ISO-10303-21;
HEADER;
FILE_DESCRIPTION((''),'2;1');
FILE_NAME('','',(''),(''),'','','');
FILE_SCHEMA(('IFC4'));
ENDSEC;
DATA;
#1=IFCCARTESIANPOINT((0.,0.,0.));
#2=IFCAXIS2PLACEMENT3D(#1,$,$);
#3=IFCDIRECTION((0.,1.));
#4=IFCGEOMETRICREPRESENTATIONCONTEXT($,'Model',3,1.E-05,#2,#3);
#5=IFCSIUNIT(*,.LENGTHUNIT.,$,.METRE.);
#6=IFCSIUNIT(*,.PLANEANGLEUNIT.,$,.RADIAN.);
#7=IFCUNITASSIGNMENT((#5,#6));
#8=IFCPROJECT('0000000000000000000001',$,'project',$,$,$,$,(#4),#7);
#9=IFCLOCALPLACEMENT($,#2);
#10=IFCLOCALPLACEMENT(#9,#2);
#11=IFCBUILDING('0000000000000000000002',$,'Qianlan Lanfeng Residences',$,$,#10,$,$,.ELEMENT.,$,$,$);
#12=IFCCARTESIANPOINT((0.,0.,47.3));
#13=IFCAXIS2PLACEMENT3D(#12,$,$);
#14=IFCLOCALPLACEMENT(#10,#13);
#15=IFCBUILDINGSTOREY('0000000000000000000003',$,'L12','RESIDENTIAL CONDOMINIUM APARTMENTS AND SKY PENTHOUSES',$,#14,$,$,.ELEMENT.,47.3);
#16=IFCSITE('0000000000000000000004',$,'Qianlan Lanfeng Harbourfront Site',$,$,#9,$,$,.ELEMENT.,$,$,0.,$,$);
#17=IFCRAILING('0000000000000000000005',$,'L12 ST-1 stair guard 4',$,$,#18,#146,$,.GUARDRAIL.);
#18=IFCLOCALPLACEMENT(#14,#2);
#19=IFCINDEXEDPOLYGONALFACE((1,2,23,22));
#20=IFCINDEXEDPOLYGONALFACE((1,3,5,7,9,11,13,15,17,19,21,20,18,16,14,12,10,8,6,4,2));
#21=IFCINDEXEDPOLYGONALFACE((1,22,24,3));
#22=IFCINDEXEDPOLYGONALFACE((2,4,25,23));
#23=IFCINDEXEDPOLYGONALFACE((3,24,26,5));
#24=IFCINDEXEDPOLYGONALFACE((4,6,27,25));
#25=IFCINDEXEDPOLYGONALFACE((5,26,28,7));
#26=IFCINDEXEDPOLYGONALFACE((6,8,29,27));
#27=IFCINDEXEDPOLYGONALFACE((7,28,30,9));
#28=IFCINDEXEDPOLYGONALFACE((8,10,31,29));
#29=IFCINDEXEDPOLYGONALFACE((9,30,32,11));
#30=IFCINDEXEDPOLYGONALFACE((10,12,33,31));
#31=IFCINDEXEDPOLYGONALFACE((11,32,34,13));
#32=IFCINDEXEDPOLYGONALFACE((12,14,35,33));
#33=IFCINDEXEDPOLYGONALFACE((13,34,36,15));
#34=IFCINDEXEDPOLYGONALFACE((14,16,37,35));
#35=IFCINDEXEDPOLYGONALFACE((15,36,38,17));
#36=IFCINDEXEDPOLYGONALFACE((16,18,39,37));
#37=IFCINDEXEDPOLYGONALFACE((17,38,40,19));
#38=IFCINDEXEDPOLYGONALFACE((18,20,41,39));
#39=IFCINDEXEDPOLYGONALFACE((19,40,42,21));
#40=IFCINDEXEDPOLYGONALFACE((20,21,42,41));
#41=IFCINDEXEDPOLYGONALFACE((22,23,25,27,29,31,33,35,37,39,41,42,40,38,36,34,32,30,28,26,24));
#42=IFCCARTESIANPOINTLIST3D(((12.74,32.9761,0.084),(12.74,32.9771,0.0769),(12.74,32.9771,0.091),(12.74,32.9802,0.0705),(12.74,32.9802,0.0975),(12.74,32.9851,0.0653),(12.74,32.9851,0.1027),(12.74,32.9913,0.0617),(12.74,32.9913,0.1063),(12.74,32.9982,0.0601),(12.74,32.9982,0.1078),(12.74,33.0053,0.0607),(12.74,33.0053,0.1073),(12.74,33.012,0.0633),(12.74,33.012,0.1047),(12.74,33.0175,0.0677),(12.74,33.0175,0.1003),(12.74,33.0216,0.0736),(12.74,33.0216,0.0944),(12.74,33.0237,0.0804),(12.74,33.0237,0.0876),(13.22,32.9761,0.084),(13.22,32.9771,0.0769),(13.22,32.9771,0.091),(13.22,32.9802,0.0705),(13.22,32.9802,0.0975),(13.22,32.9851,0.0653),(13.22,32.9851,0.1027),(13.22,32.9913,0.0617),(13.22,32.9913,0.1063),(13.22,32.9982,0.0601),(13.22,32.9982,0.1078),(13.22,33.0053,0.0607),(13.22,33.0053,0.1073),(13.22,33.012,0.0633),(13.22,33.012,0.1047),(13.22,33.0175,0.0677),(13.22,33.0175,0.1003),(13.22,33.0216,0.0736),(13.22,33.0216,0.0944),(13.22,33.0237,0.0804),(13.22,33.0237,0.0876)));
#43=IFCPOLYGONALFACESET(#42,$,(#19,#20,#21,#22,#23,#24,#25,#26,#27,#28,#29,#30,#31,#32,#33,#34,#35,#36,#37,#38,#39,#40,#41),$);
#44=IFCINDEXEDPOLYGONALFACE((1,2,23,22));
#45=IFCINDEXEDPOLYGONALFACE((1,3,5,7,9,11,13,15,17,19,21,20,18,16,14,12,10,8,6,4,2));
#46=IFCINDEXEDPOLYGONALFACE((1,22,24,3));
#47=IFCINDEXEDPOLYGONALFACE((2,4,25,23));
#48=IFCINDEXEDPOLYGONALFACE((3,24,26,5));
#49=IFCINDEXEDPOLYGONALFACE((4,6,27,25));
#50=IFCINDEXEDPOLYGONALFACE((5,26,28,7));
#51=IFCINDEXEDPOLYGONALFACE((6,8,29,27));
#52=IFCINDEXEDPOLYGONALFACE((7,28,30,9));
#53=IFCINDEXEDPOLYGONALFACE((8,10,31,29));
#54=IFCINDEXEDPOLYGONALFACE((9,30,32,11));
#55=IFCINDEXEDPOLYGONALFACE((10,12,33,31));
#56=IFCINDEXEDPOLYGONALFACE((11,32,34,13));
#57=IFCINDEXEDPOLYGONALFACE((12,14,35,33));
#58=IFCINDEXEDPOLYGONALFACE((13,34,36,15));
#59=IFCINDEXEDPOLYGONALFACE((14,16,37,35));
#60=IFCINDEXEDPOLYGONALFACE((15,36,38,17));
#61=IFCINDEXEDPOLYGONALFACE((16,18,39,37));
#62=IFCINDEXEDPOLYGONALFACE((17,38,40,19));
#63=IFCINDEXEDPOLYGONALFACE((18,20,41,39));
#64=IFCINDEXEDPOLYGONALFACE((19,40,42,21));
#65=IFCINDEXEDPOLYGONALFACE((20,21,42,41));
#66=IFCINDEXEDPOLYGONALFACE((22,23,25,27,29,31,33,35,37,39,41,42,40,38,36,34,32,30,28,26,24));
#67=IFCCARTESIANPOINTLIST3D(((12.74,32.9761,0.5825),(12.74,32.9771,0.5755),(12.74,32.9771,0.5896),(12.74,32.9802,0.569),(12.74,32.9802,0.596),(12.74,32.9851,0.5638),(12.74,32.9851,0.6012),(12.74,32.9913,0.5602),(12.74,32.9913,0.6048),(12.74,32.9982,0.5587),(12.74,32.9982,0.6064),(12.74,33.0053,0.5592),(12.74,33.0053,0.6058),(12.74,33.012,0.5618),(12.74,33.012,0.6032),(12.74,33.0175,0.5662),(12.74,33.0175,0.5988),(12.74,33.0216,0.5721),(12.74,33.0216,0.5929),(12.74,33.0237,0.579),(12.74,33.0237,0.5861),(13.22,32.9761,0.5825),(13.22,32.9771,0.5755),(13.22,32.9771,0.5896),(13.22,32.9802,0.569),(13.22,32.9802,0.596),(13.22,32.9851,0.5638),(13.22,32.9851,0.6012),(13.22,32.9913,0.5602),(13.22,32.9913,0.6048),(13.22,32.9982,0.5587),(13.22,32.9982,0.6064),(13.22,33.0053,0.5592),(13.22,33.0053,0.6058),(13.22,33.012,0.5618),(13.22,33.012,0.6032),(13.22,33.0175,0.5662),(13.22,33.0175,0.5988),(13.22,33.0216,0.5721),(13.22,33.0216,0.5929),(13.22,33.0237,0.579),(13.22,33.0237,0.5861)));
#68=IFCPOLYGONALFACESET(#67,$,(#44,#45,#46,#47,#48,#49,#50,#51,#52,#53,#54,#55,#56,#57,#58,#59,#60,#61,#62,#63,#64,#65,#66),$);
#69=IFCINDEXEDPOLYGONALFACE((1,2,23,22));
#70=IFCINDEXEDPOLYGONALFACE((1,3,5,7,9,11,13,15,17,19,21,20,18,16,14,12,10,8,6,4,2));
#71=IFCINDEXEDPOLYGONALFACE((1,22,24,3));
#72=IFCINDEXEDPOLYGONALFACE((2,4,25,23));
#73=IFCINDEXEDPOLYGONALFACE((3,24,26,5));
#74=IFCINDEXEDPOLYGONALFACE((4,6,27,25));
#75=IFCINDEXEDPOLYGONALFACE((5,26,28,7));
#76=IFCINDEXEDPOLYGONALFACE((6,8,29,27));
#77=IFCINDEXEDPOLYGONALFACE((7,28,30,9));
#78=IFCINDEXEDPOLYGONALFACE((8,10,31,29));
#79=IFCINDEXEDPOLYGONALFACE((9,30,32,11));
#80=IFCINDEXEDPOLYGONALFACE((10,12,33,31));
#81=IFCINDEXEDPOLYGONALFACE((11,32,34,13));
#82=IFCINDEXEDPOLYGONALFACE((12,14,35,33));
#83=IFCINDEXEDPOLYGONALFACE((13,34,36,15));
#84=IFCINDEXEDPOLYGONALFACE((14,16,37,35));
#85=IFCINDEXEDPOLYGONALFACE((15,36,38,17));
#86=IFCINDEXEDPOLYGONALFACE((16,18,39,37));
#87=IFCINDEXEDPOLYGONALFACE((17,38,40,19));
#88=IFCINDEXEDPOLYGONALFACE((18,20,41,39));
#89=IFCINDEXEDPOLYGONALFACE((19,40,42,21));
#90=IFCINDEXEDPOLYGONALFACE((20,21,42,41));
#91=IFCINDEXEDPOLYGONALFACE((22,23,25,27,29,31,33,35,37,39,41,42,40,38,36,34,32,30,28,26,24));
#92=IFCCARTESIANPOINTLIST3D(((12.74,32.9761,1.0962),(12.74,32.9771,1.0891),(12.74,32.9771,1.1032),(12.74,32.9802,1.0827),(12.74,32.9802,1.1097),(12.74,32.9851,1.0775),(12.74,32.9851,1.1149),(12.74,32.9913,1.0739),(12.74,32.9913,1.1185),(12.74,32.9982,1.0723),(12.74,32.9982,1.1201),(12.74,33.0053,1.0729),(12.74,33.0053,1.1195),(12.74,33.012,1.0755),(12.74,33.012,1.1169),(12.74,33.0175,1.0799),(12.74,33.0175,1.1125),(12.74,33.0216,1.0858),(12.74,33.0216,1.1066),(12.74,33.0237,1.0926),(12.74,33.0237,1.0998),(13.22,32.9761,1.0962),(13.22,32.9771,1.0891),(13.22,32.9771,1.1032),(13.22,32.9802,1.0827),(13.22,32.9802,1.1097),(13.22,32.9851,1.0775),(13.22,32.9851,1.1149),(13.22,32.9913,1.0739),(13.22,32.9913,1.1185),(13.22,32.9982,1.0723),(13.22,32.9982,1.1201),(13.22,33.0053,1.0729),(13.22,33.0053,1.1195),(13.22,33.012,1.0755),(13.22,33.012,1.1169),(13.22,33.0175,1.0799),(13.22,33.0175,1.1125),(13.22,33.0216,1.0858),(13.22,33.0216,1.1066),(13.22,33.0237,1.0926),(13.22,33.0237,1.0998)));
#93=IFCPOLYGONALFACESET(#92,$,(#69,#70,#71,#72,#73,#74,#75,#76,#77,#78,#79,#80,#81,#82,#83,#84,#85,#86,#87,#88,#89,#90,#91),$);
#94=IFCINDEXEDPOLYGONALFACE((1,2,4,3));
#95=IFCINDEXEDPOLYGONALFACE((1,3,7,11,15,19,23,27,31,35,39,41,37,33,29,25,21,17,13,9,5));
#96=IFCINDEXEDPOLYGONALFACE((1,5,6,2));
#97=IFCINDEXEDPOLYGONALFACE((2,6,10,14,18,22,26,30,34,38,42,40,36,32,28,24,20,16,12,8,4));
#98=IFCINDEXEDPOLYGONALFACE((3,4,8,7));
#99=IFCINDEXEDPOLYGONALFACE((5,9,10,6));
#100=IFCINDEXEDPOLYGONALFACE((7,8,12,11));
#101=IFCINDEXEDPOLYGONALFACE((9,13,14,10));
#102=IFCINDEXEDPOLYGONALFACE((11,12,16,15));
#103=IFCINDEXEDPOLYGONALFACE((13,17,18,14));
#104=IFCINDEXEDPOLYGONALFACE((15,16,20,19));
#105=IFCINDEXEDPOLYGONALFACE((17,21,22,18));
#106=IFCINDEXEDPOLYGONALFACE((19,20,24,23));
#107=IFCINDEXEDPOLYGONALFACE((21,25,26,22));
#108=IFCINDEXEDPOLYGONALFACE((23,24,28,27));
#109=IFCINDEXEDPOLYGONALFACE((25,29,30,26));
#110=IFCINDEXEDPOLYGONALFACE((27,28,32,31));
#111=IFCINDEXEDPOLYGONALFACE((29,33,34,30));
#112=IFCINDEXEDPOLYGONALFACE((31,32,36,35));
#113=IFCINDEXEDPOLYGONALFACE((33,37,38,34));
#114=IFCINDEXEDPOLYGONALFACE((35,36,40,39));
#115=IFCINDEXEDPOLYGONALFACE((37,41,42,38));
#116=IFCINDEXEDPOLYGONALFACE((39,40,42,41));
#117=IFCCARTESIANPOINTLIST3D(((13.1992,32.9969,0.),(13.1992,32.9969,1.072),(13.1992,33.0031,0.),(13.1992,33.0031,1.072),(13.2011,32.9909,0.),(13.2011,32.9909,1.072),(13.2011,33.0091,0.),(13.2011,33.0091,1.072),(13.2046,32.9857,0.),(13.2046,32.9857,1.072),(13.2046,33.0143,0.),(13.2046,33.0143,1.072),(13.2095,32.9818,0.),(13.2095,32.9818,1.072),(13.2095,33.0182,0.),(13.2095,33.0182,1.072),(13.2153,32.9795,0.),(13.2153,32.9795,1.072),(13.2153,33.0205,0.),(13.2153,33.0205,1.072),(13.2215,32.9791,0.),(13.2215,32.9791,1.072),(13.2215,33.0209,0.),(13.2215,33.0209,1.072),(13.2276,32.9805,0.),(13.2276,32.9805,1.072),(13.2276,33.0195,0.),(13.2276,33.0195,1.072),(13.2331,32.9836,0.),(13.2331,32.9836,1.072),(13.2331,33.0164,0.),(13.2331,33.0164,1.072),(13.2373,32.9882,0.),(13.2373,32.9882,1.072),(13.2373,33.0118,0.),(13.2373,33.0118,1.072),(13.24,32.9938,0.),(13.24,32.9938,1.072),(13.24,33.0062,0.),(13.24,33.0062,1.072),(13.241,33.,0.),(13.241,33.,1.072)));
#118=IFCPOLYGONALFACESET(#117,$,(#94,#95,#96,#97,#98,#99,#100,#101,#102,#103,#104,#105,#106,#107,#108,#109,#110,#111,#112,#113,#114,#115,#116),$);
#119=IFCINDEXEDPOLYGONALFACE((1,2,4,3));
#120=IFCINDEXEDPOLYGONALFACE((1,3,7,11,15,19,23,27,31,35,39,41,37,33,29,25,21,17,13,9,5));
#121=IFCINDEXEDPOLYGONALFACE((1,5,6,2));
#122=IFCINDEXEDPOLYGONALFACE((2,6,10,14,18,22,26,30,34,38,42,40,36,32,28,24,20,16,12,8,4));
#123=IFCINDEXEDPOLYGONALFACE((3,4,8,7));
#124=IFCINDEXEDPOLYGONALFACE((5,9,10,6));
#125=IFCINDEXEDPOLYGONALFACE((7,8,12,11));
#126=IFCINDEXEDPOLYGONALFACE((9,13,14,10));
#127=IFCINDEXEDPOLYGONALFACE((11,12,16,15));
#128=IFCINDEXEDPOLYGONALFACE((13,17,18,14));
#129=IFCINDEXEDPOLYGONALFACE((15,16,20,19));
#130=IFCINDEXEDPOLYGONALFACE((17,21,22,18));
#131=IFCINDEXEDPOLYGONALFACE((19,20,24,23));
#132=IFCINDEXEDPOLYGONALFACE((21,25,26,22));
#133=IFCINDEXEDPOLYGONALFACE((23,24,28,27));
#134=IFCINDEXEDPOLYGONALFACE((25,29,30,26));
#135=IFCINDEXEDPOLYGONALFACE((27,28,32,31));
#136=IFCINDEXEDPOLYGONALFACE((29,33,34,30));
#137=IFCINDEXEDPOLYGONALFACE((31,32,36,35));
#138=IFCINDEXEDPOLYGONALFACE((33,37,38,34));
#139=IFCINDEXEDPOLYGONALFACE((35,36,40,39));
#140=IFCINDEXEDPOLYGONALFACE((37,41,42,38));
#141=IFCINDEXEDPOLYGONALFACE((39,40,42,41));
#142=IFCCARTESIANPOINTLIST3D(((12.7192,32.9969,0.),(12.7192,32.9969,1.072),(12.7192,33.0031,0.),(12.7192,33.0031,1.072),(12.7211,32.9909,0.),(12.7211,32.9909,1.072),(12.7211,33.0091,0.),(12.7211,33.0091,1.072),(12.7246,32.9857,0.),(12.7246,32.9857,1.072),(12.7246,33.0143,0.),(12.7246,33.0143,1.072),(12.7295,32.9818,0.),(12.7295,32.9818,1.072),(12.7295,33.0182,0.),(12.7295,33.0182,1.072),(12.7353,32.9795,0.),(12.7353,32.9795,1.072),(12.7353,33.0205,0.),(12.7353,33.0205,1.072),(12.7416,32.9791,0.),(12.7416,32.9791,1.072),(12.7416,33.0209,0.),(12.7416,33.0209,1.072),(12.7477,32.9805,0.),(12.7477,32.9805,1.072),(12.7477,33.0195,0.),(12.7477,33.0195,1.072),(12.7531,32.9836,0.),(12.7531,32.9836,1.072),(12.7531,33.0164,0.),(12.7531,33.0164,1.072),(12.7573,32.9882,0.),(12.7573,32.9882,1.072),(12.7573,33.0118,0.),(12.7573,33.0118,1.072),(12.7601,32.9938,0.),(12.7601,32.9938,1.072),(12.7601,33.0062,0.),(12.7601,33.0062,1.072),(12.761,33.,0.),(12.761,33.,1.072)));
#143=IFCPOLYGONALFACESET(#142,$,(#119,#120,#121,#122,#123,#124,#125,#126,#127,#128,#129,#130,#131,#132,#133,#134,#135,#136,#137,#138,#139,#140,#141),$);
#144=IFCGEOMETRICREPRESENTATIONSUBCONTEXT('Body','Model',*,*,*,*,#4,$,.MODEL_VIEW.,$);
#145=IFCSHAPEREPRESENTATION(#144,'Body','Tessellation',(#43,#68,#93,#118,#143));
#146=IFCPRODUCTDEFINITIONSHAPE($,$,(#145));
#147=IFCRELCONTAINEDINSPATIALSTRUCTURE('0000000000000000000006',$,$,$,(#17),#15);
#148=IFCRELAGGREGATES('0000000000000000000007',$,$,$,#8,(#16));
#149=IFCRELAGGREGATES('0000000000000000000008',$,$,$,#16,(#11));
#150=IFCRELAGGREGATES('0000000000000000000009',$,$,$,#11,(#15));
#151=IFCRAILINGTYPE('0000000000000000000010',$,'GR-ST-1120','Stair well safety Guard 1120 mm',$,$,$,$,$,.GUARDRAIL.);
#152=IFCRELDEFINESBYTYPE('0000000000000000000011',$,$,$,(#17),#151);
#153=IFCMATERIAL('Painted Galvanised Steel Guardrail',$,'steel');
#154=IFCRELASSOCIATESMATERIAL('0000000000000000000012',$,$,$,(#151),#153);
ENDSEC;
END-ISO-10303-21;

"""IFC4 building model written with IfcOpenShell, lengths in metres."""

from ifc_helpers import new_model, si_unit, direction, frame, origin, origin_2d, place, context, subcontext, project, spatial, circle, extrude, material, type_object, element, save


model = new_model("IFC4")

# Units and contexts
model_context = context("Model", 3, precision=1e-05, world=origin(), true_north=direction((0.0, 1.0)))
body_context = subcontext(model_context, "Body", "Model", "MODEL_VIEW")
ifc_project = project(units=[si_unit("LENGTHUNIT", "METRE"), si_unit("PLANEANGLEUNIT", "RADIAN")], contexts=[model_context])

# Site, building, storey
site_placement = place(None, origin())
site = spatial("IfcSite", under=ifc_project, at=site_placement, Name="Qianlan Lanfeng Harbourfront Site", CompositionType="ELEMENT", RefElevation=0.0)
building_placement = place(site_placement, origin())
building = spatial("IfcBuilding", under=site, at=building_placement, Name="Qianlan Lanfeng Residences", CompositionType="ELEMENT")
storey_placement = place(building_placement, frame((0.0, 0.0, 47.3)))
storey = spatial("IfcBuildingStorey", under=building, at=storey_placement, Name="L12", Description="RESIDENTIAL CONDOMINIUM APARTMENTS AND SKY PENTHOUSES", CompositionType="ELEMENT", Elevation=47.3)

# Railing
ifc_material_1 = material(Name="Painted Galvanised Steel Guardrail", Category="steel")
railing_type_1 = type_object("IfcRailingType", Name="GR-ST-1120", Description="Stair well safety Guard 1120 mm", PredefinedType="GUARDRAIL", material=ifc_material_1)
railing_1_placement = place(storey_placement, frame((13.22, 33.0, 0.0)))
element("IfcRailing", 1, at=railing_1_placement, inside=storey, type_object=railing_type_1, Name="L12 ST-1 stair guard 4", PredefinedType="GUARDRAIL", context=body_context, shape_type="SweptSolid", body=[
    extrude(circle(Radius=0.0239, at=origin_2d()), frame((0.0, 0.0, 0.084), z_axis=(-1.0, 0.0, 0.0), x_axis=(0.0, -1.0, 0.0)), (0.0, 0.0, 1.0), 0.48),
    extrude(circle(Radius=0.0239, at=origin_2d()), frame((0.0, 0.0, 0.5825), z_axis=(-1.0, 0.0, 0.0), x_axis=(0.0, -1.0, 0.0)), (0.0, 0.0, 1.0), 0.48),
    extrude(circle(Radius=0.0239, at=origin_2d()), frame((0.0, 0.0, 1.0962), z_axis=(-1.0, 0.0, 0.0), x_axis=(0.0, -1.0, 0.0)), (0.0, 0.0, 1.0), 0.48),
    extrude(circle(Radius=0.021, at=origin_2d()), origin(), (0.0, 0.0, 1.0), 1.072),
    extrude(circle(Radius=0.021, at=origin_2d()), frame((-0.48, 0.0, 0.0)), (0.0, 0.0, 1.0), 1.072),
])

save(model, "model.ifc")
